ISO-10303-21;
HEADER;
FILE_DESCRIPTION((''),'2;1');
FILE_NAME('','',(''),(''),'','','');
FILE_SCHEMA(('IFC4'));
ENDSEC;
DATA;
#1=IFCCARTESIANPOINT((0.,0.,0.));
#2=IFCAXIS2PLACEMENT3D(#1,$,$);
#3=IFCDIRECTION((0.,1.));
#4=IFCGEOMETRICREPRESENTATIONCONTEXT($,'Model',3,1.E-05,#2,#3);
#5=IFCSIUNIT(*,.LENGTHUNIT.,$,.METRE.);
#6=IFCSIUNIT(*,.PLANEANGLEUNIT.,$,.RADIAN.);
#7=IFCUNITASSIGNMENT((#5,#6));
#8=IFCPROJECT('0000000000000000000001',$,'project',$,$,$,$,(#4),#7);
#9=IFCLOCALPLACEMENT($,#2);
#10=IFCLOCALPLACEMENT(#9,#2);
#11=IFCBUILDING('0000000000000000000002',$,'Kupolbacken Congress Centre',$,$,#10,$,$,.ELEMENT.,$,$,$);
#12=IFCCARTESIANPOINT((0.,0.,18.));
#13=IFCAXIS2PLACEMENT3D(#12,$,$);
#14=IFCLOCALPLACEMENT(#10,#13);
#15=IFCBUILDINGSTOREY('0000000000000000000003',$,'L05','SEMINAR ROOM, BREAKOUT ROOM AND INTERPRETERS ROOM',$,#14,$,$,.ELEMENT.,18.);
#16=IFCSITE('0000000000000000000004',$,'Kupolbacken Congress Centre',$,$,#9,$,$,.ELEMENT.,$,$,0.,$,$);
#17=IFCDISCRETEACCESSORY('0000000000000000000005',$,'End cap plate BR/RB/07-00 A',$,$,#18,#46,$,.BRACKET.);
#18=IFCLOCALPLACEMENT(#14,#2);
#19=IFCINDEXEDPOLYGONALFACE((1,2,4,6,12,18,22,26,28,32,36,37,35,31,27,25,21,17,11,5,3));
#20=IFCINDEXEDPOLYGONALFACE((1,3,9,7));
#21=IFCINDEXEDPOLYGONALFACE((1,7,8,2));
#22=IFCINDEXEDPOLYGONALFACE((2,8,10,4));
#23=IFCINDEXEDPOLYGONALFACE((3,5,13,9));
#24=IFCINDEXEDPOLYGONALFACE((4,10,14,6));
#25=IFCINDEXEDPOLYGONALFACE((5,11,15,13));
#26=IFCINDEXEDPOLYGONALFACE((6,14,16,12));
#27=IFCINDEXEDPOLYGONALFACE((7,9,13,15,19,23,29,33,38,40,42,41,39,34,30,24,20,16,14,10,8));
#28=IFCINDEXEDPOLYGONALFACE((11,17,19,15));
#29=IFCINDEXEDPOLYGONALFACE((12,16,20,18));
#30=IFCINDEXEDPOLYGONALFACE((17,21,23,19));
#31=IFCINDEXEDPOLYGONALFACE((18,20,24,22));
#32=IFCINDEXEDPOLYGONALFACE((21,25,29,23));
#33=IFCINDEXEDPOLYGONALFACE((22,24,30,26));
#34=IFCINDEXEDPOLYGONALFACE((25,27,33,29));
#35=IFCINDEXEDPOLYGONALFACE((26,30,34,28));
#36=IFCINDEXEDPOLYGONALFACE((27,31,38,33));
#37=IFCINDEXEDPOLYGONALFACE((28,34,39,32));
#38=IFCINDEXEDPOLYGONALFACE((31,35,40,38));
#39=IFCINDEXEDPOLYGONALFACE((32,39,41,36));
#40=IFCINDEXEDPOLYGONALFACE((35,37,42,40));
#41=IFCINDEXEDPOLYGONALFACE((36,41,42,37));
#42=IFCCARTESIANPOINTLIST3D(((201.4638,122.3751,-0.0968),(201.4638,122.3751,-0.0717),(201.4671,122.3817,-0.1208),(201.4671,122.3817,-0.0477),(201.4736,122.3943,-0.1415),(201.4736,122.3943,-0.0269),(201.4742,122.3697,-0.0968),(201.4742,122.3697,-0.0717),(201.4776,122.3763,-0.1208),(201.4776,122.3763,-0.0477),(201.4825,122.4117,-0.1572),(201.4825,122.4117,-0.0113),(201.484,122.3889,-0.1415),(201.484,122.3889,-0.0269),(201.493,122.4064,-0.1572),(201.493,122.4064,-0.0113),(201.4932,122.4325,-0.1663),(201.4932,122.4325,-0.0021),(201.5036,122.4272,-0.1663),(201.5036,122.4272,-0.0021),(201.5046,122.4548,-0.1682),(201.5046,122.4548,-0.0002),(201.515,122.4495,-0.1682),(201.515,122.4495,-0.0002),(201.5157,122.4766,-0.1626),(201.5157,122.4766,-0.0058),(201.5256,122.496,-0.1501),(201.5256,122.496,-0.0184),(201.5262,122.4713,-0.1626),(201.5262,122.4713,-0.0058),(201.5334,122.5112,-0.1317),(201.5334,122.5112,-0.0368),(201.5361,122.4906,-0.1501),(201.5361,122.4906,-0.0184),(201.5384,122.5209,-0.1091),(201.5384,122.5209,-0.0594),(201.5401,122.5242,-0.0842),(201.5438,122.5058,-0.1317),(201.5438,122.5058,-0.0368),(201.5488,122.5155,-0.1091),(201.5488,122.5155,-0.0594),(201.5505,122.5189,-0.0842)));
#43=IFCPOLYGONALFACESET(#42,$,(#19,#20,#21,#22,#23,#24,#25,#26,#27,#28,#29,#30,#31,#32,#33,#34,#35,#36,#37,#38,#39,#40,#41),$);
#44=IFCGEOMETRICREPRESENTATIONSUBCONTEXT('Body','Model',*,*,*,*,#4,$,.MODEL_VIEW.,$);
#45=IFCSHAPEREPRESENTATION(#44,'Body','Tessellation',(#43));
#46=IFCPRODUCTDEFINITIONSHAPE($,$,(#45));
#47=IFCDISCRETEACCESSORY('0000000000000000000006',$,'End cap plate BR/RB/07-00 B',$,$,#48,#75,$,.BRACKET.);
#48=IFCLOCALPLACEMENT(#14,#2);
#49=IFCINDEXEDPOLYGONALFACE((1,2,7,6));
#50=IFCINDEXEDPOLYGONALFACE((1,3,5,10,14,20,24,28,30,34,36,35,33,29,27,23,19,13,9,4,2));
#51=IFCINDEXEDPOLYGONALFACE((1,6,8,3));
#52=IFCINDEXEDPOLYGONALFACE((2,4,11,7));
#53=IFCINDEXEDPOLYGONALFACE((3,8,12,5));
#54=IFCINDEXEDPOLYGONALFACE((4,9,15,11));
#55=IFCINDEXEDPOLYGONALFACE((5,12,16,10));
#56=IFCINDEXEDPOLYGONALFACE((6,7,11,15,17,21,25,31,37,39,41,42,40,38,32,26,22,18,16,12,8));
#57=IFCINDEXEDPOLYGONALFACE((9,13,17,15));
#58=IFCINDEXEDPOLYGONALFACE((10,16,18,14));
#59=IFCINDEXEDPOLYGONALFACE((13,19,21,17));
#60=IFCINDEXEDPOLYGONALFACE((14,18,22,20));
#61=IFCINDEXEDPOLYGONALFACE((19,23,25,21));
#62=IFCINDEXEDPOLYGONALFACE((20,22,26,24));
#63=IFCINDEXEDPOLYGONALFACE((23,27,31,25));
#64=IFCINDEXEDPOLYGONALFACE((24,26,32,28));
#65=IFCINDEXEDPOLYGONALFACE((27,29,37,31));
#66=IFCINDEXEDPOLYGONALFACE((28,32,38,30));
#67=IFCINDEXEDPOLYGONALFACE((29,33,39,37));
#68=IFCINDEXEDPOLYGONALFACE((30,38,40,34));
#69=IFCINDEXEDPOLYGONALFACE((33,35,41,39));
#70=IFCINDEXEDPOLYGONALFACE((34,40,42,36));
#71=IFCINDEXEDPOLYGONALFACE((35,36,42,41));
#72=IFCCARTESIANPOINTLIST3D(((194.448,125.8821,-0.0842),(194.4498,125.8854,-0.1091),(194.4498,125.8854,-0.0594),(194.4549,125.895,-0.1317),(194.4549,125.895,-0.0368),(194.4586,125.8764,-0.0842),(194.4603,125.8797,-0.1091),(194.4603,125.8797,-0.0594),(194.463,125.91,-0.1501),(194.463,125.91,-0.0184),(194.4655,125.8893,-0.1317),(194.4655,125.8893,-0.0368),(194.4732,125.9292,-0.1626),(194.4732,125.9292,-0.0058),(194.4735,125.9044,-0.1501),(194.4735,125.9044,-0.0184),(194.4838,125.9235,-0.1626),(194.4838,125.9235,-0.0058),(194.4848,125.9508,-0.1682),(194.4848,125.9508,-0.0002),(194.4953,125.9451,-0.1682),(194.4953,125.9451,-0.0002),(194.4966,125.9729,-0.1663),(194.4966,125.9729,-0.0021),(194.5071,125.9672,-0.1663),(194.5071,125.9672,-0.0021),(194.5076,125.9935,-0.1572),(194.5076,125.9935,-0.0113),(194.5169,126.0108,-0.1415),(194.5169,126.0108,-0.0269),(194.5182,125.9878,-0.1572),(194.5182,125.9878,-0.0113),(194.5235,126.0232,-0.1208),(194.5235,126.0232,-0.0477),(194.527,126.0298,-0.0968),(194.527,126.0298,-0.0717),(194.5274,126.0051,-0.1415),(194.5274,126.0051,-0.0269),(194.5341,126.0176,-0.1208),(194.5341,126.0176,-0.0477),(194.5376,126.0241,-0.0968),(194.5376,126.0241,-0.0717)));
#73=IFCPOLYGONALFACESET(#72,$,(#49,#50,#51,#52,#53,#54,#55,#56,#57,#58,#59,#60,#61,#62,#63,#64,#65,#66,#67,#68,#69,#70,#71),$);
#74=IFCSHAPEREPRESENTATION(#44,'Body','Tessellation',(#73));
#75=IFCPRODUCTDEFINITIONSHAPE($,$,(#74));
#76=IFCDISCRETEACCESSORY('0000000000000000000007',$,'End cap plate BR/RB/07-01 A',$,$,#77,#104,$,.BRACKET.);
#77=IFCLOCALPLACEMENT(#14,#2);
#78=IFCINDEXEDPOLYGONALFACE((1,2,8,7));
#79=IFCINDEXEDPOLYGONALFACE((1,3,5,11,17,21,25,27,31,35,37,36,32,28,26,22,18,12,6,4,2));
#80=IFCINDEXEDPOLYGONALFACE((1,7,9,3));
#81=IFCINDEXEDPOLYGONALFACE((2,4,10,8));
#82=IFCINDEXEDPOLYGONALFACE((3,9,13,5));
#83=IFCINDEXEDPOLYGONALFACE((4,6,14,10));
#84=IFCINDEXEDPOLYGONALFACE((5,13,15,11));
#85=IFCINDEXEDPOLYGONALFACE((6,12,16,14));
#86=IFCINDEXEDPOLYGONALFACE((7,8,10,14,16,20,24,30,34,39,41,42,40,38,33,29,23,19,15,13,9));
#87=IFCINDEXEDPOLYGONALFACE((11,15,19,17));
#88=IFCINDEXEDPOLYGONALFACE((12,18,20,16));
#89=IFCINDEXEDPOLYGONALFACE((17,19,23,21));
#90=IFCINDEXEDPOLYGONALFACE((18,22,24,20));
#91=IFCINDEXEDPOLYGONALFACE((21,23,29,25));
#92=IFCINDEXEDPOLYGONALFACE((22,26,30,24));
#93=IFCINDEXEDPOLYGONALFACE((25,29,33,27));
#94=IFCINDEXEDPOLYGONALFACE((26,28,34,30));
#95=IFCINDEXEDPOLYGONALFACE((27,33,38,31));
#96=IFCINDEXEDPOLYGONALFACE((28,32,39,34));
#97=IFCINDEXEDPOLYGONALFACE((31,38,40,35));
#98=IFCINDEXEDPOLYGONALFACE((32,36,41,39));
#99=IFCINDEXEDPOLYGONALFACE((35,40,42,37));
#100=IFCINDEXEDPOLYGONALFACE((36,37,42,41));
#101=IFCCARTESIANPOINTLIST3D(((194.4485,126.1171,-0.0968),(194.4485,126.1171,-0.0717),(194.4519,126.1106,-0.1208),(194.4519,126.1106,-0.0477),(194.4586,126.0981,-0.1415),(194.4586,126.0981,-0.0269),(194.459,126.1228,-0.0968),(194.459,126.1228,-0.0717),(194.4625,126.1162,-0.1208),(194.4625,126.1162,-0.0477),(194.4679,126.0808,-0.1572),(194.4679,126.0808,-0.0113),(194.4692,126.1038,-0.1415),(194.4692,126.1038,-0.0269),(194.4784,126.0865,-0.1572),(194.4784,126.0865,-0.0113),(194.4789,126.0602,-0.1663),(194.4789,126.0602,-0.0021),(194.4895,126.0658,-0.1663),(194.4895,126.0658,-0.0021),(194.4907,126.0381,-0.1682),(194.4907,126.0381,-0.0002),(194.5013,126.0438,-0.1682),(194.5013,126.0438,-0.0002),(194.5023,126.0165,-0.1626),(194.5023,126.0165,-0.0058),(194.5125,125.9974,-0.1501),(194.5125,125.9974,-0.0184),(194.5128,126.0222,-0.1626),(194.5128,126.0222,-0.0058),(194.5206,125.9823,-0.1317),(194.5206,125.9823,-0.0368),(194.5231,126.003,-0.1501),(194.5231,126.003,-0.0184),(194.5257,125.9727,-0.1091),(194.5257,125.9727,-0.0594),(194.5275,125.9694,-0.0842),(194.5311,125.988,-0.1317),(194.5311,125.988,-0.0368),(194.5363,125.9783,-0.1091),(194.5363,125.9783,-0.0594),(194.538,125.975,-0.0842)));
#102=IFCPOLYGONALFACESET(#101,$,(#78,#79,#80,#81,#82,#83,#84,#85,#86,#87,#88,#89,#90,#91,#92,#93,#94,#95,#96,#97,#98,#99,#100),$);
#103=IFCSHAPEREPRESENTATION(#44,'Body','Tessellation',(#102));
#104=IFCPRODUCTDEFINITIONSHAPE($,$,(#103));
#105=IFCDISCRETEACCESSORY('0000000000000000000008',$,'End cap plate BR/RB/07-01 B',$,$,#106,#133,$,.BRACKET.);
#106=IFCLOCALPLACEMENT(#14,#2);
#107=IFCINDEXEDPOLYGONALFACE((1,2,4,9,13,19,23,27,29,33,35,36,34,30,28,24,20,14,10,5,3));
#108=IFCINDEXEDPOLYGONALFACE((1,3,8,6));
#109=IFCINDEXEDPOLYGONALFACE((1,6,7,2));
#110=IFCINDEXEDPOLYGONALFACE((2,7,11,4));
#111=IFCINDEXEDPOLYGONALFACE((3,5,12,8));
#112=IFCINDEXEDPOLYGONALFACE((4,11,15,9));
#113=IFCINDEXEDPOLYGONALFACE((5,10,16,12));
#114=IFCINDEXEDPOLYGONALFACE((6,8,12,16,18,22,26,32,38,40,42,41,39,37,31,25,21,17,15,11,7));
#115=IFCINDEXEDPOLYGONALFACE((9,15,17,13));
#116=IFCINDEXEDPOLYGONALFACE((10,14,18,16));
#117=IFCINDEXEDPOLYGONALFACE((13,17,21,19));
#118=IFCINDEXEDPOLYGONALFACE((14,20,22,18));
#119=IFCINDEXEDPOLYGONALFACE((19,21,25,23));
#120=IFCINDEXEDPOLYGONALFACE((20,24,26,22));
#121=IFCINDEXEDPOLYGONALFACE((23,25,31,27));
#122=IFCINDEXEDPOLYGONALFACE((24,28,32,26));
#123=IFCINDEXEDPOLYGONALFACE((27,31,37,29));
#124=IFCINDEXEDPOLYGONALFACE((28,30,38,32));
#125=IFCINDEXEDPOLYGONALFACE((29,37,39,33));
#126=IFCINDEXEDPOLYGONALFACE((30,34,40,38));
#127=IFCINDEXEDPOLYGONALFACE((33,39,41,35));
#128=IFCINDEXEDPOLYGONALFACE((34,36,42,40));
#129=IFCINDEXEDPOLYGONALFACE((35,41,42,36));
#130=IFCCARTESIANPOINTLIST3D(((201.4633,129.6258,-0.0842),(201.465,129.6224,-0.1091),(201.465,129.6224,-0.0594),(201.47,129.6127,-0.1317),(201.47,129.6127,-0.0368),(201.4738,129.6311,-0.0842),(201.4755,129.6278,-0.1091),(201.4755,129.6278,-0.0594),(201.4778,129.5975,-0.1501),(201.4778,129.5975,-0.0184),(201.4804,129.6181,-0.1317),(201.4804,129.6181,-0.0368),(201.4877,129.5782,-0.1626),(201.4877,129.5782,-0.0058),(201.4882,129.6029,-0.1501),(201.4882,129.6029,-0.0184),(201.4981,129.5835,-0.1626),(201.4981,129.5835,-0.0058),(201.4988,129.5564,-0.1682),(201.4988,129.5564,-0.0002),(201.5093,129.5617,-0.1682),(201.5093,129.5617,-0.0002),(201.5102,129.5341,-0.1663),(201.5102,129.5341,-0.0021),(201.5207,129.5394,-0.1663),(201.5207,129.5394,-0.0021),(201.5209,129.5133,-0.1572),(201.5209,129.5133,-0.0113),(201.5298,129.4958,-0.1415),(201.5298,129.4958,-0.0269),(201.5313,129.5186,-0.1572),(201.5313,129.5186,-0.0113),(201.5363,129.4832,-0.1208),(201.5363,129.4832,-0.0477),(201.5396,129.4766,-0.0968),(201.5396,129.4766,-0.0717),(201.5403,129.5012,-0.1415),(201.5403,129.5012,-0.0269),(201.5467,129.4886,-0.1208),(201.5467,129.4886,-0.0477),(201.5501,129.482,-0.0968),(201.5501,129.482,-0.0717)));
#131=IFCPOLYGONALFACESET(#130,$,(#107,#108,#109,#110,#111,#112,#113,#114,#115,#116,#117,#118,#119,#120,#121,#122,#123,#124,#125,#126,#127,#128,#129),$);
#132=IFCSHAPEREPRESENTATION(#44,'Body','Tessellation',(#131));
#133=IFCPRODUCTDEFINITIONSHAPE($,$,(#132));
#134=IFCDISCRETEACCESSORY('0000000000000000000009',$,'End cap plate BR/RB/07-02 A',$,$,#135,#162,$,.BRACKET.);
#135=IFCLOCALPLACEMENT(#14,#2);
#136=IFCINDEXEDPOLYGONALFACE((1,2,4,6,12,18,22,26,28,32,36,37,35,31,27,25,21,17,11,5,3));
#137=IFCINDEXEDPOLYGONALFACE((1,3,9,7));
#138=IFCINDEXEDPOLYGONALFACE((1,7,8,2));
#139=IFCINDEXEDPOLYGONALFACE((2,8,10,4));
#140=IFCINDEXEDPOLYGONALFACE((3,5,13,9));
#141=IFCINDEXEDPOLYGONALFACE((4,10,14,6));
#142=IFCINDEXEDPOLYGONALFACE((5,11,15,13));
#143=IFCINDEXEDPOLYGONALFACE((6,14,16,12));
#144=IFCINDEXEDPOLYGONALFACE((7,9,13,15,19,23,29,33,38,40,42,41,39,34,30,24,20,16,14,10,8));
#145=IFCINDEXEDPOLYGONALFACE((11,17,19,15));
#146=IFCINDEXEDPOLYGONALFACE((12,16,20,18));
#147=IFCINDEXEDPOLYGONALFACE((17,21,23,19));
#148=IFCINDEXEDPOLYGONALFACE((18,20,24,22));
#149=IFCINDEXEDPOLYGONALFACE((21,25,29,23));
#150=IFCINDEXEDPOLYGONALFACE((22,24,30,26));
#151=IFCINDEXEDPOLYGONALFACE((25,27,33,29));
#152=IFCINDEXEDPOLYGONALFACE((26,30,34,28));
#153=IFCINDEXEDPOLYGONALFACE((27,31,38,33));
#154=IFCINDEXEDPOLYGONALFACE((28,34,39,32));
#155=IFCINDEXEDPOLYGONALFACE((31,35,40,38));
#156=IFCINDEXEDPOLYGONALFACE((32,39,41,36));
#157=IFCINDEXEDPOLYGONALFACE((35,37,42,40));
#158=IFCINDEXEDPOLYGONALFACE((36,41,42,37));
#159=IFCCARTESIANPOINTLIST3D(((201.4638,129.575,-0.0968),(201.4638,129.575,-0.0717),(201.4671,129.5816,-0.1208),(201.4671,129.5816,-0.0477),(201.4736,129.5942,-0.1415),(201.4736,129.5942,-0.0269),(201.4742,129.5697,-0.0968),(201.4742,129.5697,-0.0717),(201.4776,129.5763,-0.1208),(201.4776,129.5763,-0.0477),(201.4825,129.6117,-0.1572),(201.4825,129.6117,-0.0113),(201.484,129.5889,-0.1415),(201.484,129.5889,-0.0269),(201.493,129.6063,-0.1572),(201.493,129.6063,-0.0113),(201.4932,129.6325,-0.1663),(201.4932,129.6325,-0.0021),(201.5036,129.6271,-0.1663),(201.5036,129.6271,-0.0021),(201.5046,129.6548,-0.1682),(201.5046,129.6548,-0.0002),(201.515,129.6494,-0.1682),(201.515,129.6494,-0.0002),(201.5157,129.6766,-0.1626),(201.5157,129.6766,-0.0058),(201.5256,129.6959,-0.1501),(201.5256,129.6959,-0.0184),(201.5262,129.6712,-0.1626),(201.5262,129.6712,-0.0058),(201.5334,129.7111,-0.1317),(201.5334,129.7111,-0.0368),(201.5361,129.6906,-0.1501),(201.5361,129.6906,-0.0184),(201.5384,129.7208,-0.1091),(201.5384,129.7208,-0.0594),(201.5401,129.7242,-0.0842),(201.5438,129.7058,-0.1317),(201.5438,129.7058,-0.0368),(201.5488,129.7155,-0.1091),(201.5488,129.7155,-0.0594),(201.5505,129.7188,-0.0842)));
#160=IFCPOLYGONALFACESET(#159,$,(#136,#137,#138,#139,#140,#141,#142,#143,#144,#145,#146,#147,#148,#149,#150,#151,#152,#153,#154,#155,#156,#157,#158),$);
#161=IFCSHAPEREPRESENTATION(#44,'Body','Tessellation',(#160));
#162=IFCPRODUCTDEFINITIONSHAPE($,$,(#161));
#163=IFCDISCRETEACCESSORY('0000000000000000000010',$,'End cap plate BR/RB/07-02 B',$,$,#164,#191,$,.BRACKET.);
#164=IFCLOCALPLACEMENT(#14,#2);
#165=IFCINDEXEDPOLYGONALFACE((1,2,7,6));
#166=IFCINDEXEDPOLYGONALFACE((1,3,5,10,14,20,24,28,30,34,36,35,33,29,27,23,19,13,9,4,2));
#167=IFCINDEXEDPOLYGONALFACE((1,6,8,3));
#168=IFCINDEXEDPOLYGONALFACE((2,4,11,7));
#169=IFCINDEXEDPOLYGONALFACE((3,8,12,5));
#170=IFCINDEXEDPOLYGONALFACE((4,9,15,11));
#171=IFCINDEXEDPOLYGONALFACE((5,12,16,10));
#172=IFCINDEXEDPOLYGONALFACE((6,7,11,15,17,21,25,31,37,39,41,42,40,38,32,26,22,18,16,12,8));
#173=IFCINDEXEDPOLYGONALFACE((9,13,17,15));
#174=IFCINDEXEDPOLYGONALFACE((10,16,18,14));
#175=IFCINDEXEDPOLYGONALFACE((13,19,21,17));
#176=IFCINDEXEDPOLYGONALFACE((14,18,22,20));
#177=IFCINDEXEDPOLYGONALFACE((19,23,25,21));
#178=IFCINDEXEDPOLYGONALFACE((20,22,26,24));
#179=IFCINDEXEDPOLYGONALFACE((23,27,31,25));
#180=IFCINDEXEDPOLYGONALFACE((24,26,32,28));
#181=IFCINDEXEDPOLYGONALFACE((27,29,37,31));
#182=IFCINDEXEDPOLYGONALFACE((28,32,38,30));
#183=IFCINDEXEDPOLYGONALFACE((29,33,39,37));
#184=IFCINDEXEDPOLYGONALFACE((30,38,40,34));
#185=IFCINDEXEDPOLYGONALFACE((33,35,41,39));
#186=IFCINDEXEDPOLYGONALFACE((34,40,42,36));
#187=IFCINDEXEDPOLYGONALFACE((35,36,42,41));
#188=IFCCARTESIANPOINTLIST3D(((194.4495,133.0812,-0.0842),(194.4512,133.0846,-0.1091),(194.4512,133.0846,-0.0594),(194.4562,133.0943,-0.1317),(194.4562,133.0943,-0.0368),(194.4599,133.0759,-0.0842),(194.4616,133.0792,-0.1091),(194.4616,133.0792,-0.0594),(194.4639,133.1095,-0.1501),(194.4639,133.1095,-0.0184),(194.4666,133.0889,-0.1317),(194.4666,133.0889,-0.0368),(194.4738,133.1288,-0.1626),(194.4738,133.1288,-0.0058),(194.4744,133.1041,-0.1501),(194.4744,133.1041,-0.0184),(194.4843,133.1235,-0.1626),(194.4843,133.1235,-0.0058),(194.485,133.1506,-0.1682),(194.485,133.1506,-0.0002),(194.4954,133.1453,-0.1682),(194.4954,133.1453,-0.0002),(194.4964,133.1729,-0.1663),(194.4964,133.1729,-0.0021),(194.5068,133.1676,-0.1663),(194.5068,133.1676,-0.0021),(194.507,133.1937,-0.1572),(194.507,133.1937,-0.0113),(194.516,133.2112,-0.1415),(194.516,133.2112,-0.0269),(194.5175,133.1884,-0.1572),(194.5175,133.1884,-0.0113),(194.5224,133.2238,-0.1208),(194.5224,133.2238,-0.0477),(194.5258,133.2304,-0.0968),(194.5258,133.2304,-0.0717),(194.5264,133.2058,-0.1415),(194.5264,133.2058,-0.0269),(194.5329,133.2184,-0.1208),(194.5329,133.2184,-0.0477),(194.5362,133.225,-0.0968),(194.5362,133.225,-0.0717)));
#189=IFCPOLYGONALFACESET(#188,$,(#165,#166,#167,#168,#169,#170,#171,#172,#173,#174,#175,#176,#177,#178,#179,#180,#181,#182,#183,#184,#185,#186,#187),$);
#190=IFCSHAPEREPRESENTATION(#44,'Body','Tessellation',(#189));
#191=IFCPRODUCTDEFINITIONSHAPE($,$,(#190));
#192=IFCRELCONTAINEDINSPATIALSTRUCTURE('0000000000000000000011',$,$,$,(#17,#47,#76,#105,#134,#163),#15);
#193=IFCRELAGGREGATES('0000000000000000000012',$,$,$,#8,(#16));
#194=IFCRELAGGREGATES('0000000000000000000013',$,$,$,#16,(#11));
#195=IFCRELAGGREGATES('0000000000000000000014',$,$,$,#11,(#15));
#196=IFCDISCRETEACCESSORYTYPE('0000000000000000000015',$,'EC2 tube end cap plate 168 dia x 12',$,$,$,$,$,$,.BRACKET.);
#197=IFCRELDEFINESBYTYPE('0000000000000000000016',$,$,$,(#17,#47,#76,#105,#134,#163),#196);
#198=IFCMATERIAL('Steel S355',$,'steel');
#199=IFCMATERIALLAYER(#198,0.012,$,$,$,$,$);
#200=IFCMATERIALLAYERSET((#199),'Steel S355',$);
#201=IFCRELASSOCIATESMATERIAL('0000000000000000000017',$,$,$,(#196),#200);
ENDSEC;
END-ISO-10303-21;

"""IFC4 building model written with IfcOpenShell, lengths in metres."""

from ifc_helpers import new_model, si_unit, direction, frame, origin, origin_2d, place, context, subcontext, project, spatial, circle, extrude, material, layer, layer_set, type_object, element, save


model = new_model("IFC4")

# Units and contexts
model_context = context("Model", 3, precision=1e-05, world=origin(), true_north=direction((0.0, 1.0)))
body_context = subcontext(model_context, "Body", "Model", "MODEL_VIEW")
ifc_project = project(units=[si_unit("LENGTHUNIT", "METRE"), si_unit("PLANEANGLEUNIT", "RADIAN")], contexts=[model_context])

# Site, building, storey
site_placement = place(None, origin())
site = spatial("IfcSite", under=ifc_project, at=site_placement, Name="Kupolbacken Congress Centre", CompositionType="ELEMENT", RefElevation=0.0)
building_placement = place(site_placement, origin())
building = spatial("IfcBuilding", under=site, at=building_placement, Name="Kupolbacken Congress Centre", CompositionType="ELEMENT")
storey_placement = place(building_placement, frame((0.0, 0.0, 18.0)))
storey = spatial("IfcBuildingStorey", under=building, at=storey_placement, Name="L05", Description="SEMINAR ROOM, BREAKOUT ROOM AND INTERPRETERS ROOM", CompositionType="ELEMENT", Elevation=18.0)

# Discrete accessories
ifc_material_1 = material(Name="Steel S355", Category="steel")
ifc_layer_1 = layer(ifc_material_1, 0.012)
ifc_layer_set_1 = layer_set([ifc_layer_1], Name="Steel S355")
discrete_accessory_type = type_object("IfcDiscreteAccessoryType", Name="EC2 tube end cap plate 168 dia x 12", PredefinedType="BRACKET", material=ifc_layer_set_1)
discrete_accessory_placement = place(storey_placement, frame((201.5017, 122.4492, -0.0842), z_axis=(0.890248, -0.455476, 0.0), x_axis=(0.455476, 0.890248, 0.0)))
element("IfcDiscreteAccessory", 1, at=discrete_accessory_placement, inside=storey, type_object=discrete_accessory_type, Name="End cap plate BR/RB/07-00 A", PredefinedType="BRACKET", context=body_context, shape_type="SweptSolid", body=[
    extrude(circle(Radius=0.0842, at=origin_2d()), origin(), (0.0, 0.0, 1.0), 0.0117),
])
for number, where, z_axis, x_axis, name in (
    (2, (194.4983, 125.9507, -0.0842), (-0.881785, 0.471652, 0.0), (-0.471652, -0.881785, 0.0), "End cap plate BR/RB/07-00 B"),
    (3, (194.4983, 126.0493, -0.0842), (-0.881785, -0.471652, 0.0), (0.471652, -0.881785, 0.0), "End cap plate BR/RB/07-01 A"),
):
    element("IfcDiscreteAccessory", number, at=place(storey_placement, frame(where, z_axis=z_axis, x_axis=x_axis)), inside=storey, type_object=discrete_accessory_type, Name=name, PredefinedType="BRACKET", context=body_context, shape_type="SweptSolid", body=[
        extrude(circle(Radius=0.0842, at=origin_2d()), origin(), (0.0, 0.0, 1.0), 0.012),
    ])
for number, where, z_axis, x_axis, name in (
    (4, (201.5017, 129.5508, -0.0842), (0.890248, 0.455476, 0.0), (-0.455476, 0.890248, 0.0), "End cap plate BR/RB/07-01 B"),
    (5, (201.5017, 129.6492, -0.0842), (0.890248, -0.455476, 0.0), (0.455476, 0.890248, 0.0), "End cap plate BR/RB/07-02 A"),
    (6, (194.4983, 133.1509, -0.0842), (-0.890248, 0.455476, 0.0), (-0.455476, -0.890248, 0.0), "End cap plate BR/RB/07-02 B"),
):
    element("IfcDiscreteAccessory", number, at=place(storey_placement, frame(where, z_axis=z_axis, x_axis=x_axis)), inside=storey, type_object=discrete_accessory_type, Name=name, PredefinedType="BRACKET", context=body_context, shape_type="SweptSolid", body=[
        extrude(circle(Radius=0.0842, at=origin_2d()), origin(), (0.0, 0.0, 1.0), 0.0117),
    ])

save(model, "model.ifc")
